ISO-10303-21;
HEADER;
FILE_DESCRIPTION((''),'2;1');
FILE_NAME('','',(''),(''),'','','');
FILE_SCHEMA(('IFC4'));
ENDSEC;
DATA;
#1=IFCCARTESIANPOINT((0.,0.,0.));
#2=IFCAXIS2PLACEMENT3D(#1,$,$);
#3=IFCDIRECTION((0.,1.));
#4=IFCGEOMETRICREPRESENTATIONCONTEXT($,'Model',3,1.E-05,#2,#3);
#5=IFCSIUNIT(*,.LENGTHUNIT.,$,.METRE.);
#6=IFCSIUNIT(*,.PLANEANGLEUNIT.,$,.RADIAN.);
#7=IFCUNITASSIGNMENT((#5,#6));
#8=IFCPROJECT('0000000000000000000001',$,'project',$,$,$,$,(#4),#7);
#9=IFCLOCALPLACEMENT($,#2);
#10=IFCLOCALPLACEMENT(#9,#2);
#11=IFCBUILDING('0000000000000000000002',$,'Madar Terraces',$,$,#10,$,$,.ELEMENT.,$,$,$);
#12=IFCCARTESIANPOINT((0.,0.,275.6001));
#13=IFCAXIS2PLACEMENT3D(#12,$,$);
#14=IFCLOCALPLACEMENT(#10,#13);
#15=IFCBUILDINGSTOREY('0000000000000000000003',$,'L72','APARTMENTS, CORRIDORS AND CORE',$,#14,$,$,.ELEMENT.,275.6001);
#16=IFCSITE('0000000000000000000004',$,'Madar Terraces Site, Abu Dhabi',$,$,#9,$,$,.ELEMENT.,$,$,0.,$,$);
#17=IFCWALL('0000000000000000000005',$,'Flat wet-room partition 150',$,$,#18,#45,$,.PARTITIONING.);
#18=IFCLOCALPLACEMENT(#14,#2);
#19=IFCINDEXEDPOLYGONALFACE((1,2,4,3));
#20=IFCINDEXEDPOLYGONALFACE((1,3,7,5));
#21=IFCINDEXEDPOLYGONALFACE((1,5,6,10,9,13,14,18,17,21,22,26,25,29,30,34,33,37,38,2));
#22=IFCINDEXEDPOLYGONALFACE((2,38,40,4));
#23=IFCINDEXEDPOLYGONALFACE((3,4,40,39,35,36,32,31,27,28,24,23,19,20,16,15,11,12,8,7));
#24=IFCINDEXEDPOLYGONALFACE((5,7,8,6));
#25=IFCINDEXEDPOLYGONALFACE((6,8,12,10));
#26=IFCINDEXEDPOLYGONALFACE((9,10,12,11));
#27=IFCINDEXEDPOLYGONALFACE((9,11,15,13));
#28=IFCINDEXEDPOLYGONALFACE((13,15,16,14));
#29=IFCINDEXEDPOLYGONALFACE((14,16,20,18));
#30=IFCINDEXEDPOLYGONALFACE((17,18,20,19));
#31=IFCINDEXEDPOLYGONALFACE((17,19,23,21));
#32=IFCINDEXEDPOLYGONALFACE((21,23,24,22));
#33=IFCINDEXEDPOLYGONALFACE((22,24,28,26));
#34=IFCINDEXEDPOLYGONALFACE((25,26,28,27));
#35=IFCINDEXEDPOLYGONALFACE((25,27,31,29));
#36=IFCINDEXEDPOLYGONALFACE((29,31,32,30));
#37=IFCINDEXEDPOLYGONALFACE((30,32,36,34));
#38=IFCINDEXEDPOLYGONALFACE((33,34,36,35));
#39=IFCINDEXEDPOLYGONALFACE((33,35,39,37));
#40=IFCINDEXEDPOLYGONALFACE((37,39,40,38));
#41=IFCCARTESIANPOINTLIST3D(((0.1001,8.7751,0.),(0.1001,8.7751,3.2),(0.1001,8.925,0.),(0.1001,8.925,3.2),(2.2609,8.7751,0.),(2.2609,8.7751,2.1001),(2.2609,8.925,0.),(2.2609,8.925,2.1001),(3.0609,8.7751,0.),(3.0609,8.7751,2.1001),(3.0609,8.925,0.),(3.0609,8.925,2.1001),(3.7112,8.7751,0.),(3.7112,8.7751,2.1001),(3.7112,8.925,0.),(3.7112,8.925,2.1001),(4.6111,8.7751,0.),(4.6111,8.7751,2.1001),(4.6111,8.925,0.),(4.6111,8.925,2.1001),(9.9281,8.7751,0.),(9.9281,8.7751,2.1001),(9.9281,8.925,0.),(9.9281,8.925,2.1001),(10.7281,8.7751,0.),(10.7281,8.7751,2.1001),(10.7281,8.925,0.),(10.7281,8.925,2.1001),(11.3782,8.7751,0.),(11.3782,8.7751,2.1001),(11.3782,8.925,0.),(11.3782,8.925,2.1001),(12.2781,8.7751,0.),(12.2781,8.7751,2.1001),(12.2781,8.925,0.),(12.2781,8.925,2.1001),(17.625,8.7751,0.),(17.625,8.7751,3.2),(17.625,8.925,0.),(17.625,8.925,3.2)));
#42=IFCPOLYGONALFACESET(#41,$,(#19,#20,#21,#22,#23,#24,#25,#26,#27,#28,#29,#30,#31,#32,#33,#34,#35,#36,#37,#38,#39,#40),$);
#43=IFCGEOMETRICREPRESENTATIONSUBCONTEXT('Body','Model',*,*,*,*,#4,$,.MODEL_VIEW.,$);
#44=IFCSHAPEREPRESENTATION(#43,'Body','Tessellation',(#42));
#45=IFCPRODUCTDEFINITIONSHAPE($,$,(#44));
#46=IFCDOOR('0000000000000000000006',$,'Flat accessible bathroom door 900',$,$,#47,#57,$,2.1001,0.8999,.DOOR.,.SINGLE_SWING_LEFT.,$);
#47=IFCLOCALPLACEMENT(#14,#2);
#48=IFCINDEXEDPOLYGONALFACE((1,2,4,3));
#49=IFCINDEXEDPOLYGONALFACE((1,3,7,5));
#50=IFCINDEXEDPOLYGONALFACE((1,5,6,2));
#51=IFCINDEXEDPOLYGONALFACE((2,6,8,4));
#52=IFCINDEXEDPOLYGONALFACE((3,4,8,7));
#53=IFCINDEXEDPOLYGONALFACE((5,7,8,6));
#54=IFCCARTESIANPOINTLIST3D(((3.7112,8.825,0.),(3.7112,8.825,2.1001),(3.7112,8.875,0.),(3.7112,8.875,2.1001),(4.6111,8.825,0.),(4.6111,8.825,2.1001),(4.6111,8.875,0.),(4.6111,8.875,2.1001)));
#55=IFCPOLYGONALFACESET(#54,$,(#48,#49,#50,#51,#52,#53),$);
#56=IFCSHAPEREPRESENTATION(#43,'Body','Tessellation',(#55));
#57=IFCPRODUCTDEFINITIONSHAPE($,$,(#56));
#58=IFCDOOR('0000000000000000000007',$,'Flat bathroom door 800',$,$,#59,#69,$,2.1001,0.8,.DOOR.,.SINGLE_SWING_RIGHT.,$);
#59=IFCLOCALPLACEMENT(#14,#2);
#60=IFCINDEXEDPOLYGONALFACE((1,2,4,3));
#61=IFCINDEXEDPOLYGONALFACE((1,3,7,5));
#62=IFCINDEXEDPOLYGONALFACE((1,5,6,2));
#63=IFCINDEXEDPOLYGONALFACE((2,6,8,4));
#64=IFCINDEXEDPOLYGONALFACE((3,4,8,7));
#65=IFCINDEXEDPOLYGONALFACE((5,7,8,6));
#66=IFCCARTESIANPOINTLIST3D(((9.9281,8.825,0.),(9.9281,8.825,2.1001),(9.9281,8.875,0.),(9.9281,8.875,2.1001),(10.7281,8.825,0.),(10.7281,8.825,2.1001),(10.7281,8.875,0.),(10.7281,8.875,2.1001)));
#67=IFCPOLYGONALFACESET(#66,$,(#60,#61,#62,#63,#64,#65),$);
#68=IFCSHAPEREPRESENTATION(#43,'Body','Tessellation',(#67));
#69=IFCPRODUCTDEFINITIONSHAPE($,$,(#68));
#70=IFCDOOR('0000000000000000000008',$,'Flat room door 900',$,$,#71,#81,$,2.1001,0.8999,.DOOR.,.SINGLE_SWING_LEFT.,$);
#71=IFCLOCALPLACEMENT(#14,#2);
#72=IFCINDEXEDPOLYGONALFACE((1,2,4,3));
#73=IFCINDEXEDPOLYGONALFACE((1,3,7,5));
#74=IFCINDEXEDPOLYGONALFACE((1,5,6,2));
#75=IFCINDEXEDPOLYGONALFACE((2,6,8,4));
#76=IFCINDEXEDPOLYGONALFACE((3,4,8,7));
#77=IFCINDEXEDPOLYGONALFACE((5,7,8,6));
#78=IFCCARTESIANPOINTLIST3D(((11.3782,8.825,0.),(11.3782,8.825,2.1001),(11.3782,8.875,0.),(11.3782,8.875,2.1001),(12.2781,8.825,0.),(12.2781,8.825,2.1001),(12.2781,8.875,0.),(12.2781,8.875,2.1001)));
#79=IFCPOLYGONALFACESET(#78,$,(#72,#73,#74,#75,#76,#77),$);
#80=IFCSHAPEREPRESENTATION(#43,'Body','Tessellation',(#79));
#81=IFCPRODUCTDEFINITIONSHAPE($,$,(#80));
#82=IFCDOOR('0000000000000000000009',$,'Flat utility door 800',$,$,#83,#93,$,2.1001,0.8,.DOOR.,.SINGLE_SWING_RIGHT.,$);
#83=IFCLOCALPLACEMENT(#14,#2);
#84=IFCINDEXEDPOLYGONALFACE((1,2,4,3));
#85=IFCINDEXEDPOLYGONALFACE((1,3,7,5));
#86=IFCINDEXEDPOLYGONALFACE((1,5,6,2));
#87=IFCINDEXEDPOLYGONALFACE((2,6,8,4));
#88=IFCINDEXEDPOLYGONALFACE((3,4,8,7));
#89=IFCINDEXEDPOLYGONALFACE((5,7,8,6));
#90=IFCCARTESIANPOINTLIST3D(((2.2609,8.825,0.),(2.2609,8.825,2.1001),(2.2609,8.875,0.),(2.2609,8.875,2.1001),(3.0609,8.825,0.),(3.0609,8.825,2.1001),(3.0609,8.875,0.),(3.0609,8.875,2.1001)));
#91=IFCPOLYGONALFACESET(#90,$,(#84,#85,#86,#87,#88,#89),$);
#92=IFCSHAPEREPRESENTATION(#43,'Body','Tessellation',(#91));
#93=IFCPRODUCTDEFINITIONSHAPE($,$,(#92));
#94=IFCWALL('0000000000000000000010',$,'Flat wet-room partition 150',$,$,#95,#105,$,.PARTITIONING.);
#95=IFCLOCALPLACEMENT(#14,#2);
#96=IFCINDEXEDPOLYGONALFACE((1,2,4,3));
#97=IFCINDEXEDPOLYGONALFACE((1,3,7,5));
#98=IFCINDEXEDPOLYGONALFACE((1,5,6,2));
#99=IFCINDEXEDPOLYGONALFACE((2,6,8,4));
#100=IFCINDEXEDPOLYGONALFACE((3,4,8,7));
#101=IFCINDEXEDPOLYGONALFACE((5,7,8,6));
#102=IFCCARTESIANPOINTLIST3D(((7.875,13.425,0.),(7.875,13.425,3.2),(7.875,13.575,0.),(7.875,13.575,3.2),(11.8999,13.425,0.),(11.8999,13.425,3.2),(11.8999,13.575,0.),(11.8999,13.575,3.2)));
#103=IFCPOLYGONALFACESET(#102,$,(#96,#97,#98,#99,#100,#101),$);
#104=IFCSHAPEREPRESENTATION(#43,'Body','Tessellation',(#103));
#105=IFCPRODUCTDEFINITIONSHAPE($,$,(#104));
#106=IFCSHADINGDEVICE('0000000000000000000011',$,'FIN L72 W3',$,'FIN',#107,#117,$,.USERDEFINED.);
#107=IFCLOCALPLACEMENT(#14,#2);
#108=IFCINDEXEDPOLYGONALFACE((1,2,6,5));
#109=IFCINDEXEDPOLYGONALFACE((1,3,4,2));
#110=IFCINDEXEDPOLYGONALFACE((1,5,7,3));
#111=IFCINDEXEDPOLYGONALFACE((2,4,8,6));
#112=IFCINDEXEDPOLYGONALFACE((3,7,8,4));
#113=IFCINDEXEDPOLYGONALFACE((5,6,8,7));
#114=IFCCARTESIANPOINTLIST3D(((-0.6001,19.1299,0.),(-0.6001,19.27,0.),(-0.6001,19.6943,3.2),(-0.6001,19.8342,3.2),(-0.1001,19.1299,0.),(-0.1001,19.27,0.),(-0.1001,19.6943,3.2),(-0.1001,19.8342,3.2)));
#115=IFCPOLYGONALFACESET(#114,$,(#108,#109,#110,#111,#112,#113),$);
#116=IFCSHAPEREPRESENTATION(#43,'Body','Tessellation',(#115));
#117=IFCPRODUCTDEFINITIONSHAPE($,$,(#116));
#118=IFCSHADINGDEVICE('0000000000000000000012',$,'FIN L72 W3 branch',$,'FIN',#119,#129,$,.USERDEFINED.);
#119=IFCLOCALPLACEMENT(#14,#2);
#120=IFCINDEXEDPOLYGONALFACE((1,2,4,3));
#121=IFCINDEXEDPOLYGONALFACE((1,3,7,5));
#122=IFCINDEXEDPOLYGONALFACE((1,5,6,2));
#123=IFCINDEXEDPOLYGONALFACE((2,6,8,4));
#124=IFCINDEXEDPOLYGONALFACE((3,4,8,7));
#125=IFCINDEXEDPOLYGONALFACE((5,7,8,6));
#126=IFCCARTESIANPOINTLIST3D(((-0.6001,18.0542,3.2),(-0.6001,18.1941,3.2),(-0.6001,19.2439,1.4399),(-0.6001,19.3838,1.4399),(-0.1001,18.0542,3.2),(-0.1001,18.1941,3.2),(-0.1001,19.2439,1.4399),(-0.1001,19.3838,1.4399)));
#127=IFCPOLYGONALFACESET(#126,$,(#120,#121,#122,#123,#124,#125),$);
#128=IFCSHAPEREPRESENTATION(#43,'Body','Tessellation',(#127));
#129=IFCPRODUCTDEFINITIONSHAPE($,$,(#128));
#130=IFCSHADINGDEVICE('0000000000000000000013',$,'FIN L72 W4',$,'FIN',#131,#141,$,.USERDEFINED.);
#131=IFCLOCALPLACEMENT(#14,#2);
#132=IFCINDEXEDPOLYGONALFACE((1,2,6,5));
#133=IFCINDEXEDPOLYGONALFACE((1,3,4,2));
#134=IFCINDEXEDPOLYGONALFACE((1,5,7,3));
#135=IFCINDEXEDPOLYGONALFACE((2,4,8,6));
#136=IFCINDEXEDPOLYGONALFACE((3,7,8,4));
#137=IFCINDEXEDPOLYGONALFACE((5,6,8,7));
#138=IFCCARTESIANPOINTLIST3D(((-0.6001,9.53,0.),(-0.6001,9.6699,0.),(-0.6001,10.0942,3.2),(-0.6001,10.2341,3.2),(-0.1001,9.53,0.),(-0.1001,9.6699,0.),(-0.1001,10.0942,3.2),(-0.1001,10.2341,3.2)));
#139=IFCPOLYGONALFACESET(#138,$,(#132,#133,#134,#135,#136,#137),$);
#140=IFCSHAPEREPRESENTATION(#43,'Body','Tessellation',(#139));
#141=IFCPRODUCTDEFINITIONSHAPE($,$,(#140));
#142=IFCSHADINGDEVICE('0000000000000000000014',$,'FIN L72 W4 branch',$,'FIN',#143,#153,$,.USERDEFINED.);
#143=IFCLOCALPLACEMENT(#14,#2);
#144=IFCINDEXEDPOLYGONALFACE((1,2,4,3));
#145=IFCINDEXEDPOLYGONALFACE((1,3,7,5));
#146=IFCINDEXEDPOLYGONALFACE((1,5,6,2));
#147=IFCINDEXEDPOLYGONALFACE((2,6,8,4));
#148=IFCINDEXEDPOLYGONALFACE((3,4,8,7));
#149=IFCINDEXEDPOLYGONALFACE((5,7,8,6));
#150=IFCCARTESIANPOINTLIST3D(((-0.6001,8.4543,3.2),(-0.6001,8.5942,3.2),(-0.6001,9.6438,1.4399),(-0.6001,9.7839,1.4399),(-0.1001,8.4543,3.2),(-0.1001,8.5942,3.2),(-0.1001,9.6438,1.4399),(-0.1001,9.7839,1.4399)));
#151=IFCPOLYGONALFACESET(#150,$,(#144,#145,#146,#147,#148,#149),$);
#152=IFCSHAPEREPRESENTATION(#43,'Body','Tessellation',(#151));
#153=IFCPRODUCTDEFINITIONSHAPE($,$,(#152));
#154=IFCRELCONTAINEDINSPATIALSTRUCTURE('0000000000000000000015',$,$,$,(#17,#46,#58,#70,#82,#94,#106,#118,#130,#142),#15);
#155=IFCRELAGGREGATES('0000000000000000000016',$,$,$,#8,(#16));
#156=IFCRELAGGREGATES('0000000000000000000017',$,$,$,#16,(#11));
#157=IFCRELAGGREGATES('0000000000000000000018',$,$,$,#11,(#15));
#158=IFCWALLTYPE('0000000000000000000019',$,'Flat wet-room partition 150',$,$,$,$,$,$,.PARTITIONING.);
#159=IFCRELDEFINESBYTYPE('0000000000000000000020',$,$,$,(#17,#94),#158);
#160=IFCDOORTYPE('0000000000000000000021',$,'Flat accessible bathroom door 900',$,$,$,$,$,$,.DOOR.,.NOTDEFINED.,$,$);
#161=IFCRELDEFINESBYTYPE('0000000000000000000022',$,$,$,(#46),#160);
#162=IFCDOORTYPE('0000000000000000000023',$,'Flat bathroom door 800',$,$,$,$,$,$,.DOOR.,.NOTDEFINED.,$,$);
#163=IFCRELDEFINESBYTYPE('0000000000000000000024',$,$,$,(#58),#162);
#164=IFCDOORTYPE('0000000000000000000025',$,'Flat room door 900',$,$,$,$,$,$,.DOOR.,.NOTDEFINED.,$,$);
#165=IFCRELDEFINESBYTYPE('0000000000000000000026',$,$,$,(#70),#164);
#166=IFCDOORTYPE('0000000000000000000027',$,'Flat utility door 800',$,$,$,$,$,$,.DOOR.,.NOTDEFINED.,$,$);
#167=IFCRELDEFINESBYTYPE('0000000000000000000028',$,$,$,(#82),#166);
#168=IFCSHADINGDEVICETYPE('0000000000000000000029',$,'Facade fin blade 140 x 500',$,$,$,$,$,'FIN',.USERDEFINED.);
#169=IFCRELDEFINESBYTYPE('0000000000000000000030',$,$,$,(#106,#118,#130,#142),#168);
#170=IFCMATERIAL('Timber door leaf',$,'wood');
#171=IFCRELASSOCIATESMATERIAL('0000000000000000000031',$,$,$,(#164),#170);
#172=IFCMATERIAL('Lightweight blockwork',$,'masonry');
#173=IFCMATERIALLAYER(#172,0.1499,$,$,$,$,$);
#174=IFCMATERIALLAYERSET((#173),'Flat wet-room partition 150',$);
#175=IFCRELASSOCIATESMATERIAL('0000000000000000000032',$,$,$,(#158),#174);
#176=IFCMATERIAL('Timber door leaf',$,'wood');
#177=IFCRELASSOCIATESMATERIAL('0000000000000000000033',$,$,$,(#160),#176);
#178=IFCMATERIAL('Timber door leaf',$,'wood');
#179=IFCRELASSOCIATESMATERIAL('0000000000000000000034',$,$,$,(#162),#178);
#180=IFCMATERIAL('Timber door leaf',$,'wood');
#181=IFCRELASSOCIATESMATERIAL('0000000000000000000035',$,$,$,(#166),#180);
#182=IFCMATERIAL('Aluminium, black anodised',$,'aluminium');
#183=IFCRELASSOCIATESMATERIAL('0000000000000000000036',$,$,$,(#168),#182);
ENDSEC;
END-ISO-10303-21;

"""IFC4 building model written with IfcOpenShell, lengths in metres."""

from ifc_helpers import new_model, si_unit, direction, frame, frame_2d, origin, place, context, subcontext, project, spatial, polyline, rectangle, outline, extrude, material, layer, layer_set, type_object, element, fill, save


model = new_model("IFC4")

# Units and contexts
model_context = context("Model", 3, precision=1e-05, world=origin(), true_north=direction((0.0, 1.0)))
body_context = subcontext(model_context, "Body", "Model", "MODEL_VIEW")
ifc_project = project(units=[si_unit("LENGTHUNIT", "METRE"), si_unit("PLANEANGLEUNIT", "RADIAN")], contexts=[model_context])

# Site, building, storey
site_placement = place(None, origin())
site = spatial("IfcSite", under=ifc_project, at=site_placement, Name="Madar Terraces Site, Abu Dhabi", CompositionType="ELEMENT", RefElevation=0.0)
building_placement = place(site_placement, origin())
building = spatial("IfcBuilding", under=site, at=building_placement, Name="Madar Terraces", CompositionType="ELEMENT")
storey_placement = place(building_placement, frame((0.0, 0.0, 275.6001)))
storey = spatial("IfcBuildingStorey", under=building, at=storey_placement, Name="L72", Description="APARTMENTS, CORRIDORS AND CORE", CompositionType="ELEMENT", Elevation=275.6001)

# Shared definitions
ifc_material_1 = material(Name="Timber door leaf", Category="wood")
door_type_1 = type_object("IfcDoorType", Name="Flat room door 900", OperationType="NOTDEFINED", PredefinedType="DOOR", material=ifc_material_1)

# Shared definitions
ifc_material_2 = material(Name="Lightweight blockwork", Category="masonry")
ifc_layer_1 = layer(ifc_material_2, 0.1499)
ifc_layer_set_1 = layer_set([ifc_layer_1], Name="Flat wet-room partition 150")
wall_type_1 = type_object("IfcWallType", Name="Flat wet-room partition 150", PredefinedType="PARTITIONING", material=ifc_layer_set_1)

# Wall, openings, doors
wall_1_placement = place(storey_placement, frame((0.1001, 8.8501, 0.0), z_axis=(0.0, 0.0, 1.0), x_axis=(1.0, 0.0, 0.0)))
wall_1 = element("IfcWall", 1, at=wall_1_placement, inside=storey, type_object=wall_type_1, Name="Flat wet-room partition 150", PredefinedType="PARTITIONING", context=body_context, shape_type="SweptSolid", body=[
    extrude(rectangle(XDim=17.5249, YDim=0.1499, at=frame_2d((8.7625, 0.0))), origin(), (0.0, 0.0, 1.0), 3.2),
])
opening_1_placement = place(wall_1_placement, frame((11.2781, 0.0, 0.0)))
opening_1 = element("IfcOpeningElement", 2, at=opening_1_placement, cuts=wall_1, PredefinedType="OPENING", context=body_context, shape_type="SweptSolid", body=[
    extrude(rectangle(XDim=0.8999, YDim=2.1001, at=frame_2d((0.45, 1.05))), frame((0.0, 0.085, 0.0), z_axis=(0.0, -1.0, 0.0), x_axis=(1.0, 0.0, 0.0)), (0.0, 0.0, 1.0), 0.1699),
])
opening_2_placement = place(wall_1_placement, frame((9.8281, 0.0, 0.0)))
opening_2 = element("IfcOpeningElement", 3, at=opening_2_placement, cuts=wall_1, PredefinedType="OPENING", context=body_context, shape_type="SweptSolid", body=[
    extrude(rectangle(XDim=0.8, YDim=2.1001, at=frame_2d((0.3999, 1.05))), frame((0.0, 0.085, 0.0), z_axis=(0.0, -1.0, 0.0), x_axis=(1.0, 0.0, 0.0)), (0.0, 0.0, 1.0), 0.1699),
])
opening_3_placement = place(wall_1_placement, frame((3.6111, 0.0, 0.0)))
opening_3 = element("IfcOpeningElement", 4, at=opening_3_placement, cuts=wall_1, PredefinedType="OPENING", context=body_context, shape_type="SweptSolid", body=[
    extrude(rectangle(XDim=0.8999, YDim=2.1001, at=frame_2d((0.45, 1.05))), frame((0.0, 0.085, 0.0), z_axis=(0.0, -1.0, 0.0), x_axis=(1.0, 0.0, 0.0)), (0.0, 0.0, 1.0), 0.1699),
])
opening_4_placement = place(wall_1_placement, frame((2.1609, 0.0, 0.0)))
opening_4 = element("IfcOpeningElement", 5, at=opening_4_placement, cuts=wall_1, PredefinedType="OPENING", context=body_context, shape_type="SweptSolid", body=[
    extrude(rectangle(XDim=0.8, YDim=2.1001, at=frame_2d((0.3999, 1.05))), frame((0.0, 0.085, 0.0), z_axis=(0.0, -1.0, 0.0), x_axis=(1.0, 0.0, 0.0)), (0.0, 0.0, 1.0), 0.1699),
])
ifc_material_3 = material(Name="Timber door leaf", Category="wood")
door_type_2 = type_object("IfcDoorType", Name="Flat accessible bathroom door 900", OperationType="NOTDEFINED", PredefinedType="DOOR", material=ifc_material_3)
door_1_placement = place(opening_3_placement, origin())
door_1 = element("IfcDoor", 6, at=door_1_placement, inside=storey, type_object=door_type_2, Name="Flat accessible bathroom door 900", OperationType="SINGLE_SWING_LEFT", OverallHeight=2.1001, OverallWidth=0.8999, PredefinedType="DOOR", context=body_context, shape_type="SweptSolid", body=[
    extrude(rectangle(XDim=0.8999, YDim=2.1001, at=frame_2d((0.45, 1.05))), frame((0.0, 0.0249, 0.0), z_axis=(0.0, -1.0, 0.0), x_axis=(1.0, 0.0, 0.0)), (0.0, 0.0, 1.0), 0.05),
])
fill(opening_3, door_1)
ifc_material_4 = material(Name="Timber door leaf", Category="wood")
door_type_3 = type_object("IfcDoorType", Name="Flat bathroom door 800", OperationType="NOTDEFINED", PredefinedType="DOOR", material=ifc_material_4)
door_2_placement = place(opening_2_placement, origin())
door_2 = element("IfcDoor", 7, at=door_2_placement, inside=storey, type_object=door_type_3, Name="Flat bathroom door 800", OperationType="SINGLE_SWING_RIGHT", OverallHeight=2.1001, OverallWidth=0.8, PredefinedType="DOOR", context=body_context, shape_type="SweptSolid", body=[
    extrude(rectangle(XDim=0.8, YDim=2.1001, at=frame_2d((0.3999, 1.05))), frame((0.0, 0.0249, 0.0), z_axis=(0.0, -1.0, 0.0), x_axis=(1.0, 0.0, 0.0)), (0.0, 0.0, 1.0), 0.05),
])
fill(opening_2, door_2)
door_3_placement = place(opening_1_placement, origin())
door_3 = element("IfcDoor", 8, at=door_3_placement, inside=storey, type_object=door_type_1, Name="Flat room door 900", OperationType="SINGLE_SWING_LEFT", OverallHeight=2.1001, OverallWidth=0.8999, PredefinedType="DOOR", context=body_context, shape_type="SweptSolid", body=[
    extrude(rectangle(XDim=0.8999, YDim=2.1001, at=frame_2d((0.45, 1.05))), frame((0.0, 0.0249, 0.0), z_axis=(0.0, -1.0, 0.0), x_axis=(1.0, 0.0, 0.0)), (0.0, 0.0, 1.0), 0.05),
])
fill(opening_1, door_3)
ifc_material_5 = material(Name="Timber door leaf", Category="wood")
door_type_4 = type_object("IfcDoorType", Name="Flat utility door 800", OperationType="NOTDEFINED", PredefinedType="DOOR", material=ifc_material_5)
door_4_placement = place(opening_4_placement, origin())
door_4 = element("IfcDoor", 9, at=door_4_placement, inside=storey, type_object=door_type_4, Name="Flat utility door 800", OperationType="SINGLE_SWING_RIGHT", OverallHeight=2.1001, OverallWidth=0.8, PredefinedType="DOOR", context=body_context, shape_type="SweptSolid", body=[
    extrude(rectangle(XDim=0.8, YDim=2.1001, at=frame_2d((0.3999, 1.05))), frame((0.0, 0.0249, 0.0), z_axis=(0.0, -1.0, 0.0), x_axis=(1.0, 0.0, 0.0)), (0.0, 0.0, 1.0), 0.05),
])
fill(opening_4, door_4)

# Wall
wall_2_placement = place(storey_placement, frame((11.8999, 13.5, 0.0), z_axis=(0.0, 0.0, 1.0), x_axis=(-1.0, 0.0, 0.0)))
element("IfcWall", 10, at=wall_2_placement, inside=storey, type_object=wall_type_1, Name="Flat wet-room partition 150", PredefinedType="PARTITIONING", context=body_context, shape_type="SweptSolid", body=[
    extrude(rectangle(XDim=4.0249, YDim=0.1499, at=frame_2d((2.0125, 0.0))), origin(), (0.0, 0.0, 1.0), 3.2),
])

# Shading devices
ifc_material_6 = material(Name="Aluminium, black anodised", Category="aluminium")
shading_device_type = type_object("IfcShadingDeviceType", Name="Facade fin blade 140 x 500", ElementType="FIN", PredefinedType="USERDEFINED", material=ifc_material_6)
shading_device_1_placement = place(storey_placement, frame((-0.3501, 19.27, 0.0), z_axis=(0.0, 0.0, 1.0), x_axis=(0.0, -1.0, 0.0)))
element("IfcShadingDevice", 11, at=shading_device_1_placement, inside=storey, type_object=shading_device_type, Name="FIN L72 W3", ObjectType="FIN", PredefinedType="USERDEFINED", context=body_context, shape_type="SweptSolid", body=[
    extrude(outline(polyline([(0.0, 0.0), (0.1401, 0.0), (-0.4243, 3.2), (-0.5642, 3.2), (0.0, 0.0)])), frame((0.0, 0.25, 0.0), z_axis=(0.0, -1.0, 0.0), x_axis=(1.0, 0.0, 0.0)), (0.0, 0.0, 1.0), 0.5),
])
shading_device_2_placement = place(storey_placement, frame((-0.3501, 19.3838, 1.4399), z_axis=(0.0, 0.0, 1.0), x_axis=(0.0, -1.0, 0.0)))
element("IfcShadingDevice", 12, at=shading_device_2_placement, inside=storey, type_object=shading_device_type, Name="FIN L72 W3 branch", ObjectType="FIN", PredefinedType="USERDEFINED", context=body_context, shape_type="SweptSolid", body=[
    extrude(outline(polyline([(0.0, 0.0), (0.1399, 0.0), (1.3296, 1.76), (1.1897, 1.76), (0.0, 0.0)])), frame((0.0, 0.25, 0.0), z_axis=(0.0, -1.0, 0.0), x_axis=(1.0, 0.0, 0.0)), (0.0, 0.0, 1.0), 0.5),
])
shading_device_3_placement = place(storey_placement, frame((-0.3501, 9.6699, 0.0), z_axis=(0.0, 0.0, 1.0), x_axis=(0.0, -1.0, 0.0)))
element("IfcShadingDevice", 13, at=shading_device_3_placement, inside=storey, type_object=shading_device_type, Name="FIN L72 W4", ObjectType="FIN", PredefinedType="USERDEFINED", context=body_context, shape_type="SweptSolid", body=[
    extrude(outline(polyline([(0.0, 0.0), (0.1399, 0.0), (-0.4243, 3.2), (-0.5642, 3.2), (0.0, 0.0)])), frame((0.0, 0.25, 0.0), z_axis=(0.0, -1.0, 0.0), x_axis=(1.0, 0.0, 0.0)), (0.0, 0.0, 1.0), 0.5),
])
shading_device_4_placement = place(storey_placement, frame((-0.3501, 9.7839, 1.4399), z_axis=(0.0, 0.0, 1.0), x_axis=(0.0, -1.0, 0.0)))
element("IfcShadingDevice", 14, at=shading_device_4_placement, inside=storey, type_object=shading_device_type, Name="FIN L72 W4 branch", ObjectType="FIN", PredefinedType="USERDEFINED", context=body_context, shape_type="SweptSolid", body=[
    extrude(outline(polyline([(0.0, 0.0), (0.1401, 0.0), (1.3296, 1.76), (1.1897, 1.76), (0.0, 0.0)])), frame((0.0, 0.25, 0.0), z_axis=(0.0, -1.0, 0.0), x_axis=(1.0, 0.0, 0.0)), (0.0, 0.0, 1.0), 0.5),
])

save(model, "model.ifc")
